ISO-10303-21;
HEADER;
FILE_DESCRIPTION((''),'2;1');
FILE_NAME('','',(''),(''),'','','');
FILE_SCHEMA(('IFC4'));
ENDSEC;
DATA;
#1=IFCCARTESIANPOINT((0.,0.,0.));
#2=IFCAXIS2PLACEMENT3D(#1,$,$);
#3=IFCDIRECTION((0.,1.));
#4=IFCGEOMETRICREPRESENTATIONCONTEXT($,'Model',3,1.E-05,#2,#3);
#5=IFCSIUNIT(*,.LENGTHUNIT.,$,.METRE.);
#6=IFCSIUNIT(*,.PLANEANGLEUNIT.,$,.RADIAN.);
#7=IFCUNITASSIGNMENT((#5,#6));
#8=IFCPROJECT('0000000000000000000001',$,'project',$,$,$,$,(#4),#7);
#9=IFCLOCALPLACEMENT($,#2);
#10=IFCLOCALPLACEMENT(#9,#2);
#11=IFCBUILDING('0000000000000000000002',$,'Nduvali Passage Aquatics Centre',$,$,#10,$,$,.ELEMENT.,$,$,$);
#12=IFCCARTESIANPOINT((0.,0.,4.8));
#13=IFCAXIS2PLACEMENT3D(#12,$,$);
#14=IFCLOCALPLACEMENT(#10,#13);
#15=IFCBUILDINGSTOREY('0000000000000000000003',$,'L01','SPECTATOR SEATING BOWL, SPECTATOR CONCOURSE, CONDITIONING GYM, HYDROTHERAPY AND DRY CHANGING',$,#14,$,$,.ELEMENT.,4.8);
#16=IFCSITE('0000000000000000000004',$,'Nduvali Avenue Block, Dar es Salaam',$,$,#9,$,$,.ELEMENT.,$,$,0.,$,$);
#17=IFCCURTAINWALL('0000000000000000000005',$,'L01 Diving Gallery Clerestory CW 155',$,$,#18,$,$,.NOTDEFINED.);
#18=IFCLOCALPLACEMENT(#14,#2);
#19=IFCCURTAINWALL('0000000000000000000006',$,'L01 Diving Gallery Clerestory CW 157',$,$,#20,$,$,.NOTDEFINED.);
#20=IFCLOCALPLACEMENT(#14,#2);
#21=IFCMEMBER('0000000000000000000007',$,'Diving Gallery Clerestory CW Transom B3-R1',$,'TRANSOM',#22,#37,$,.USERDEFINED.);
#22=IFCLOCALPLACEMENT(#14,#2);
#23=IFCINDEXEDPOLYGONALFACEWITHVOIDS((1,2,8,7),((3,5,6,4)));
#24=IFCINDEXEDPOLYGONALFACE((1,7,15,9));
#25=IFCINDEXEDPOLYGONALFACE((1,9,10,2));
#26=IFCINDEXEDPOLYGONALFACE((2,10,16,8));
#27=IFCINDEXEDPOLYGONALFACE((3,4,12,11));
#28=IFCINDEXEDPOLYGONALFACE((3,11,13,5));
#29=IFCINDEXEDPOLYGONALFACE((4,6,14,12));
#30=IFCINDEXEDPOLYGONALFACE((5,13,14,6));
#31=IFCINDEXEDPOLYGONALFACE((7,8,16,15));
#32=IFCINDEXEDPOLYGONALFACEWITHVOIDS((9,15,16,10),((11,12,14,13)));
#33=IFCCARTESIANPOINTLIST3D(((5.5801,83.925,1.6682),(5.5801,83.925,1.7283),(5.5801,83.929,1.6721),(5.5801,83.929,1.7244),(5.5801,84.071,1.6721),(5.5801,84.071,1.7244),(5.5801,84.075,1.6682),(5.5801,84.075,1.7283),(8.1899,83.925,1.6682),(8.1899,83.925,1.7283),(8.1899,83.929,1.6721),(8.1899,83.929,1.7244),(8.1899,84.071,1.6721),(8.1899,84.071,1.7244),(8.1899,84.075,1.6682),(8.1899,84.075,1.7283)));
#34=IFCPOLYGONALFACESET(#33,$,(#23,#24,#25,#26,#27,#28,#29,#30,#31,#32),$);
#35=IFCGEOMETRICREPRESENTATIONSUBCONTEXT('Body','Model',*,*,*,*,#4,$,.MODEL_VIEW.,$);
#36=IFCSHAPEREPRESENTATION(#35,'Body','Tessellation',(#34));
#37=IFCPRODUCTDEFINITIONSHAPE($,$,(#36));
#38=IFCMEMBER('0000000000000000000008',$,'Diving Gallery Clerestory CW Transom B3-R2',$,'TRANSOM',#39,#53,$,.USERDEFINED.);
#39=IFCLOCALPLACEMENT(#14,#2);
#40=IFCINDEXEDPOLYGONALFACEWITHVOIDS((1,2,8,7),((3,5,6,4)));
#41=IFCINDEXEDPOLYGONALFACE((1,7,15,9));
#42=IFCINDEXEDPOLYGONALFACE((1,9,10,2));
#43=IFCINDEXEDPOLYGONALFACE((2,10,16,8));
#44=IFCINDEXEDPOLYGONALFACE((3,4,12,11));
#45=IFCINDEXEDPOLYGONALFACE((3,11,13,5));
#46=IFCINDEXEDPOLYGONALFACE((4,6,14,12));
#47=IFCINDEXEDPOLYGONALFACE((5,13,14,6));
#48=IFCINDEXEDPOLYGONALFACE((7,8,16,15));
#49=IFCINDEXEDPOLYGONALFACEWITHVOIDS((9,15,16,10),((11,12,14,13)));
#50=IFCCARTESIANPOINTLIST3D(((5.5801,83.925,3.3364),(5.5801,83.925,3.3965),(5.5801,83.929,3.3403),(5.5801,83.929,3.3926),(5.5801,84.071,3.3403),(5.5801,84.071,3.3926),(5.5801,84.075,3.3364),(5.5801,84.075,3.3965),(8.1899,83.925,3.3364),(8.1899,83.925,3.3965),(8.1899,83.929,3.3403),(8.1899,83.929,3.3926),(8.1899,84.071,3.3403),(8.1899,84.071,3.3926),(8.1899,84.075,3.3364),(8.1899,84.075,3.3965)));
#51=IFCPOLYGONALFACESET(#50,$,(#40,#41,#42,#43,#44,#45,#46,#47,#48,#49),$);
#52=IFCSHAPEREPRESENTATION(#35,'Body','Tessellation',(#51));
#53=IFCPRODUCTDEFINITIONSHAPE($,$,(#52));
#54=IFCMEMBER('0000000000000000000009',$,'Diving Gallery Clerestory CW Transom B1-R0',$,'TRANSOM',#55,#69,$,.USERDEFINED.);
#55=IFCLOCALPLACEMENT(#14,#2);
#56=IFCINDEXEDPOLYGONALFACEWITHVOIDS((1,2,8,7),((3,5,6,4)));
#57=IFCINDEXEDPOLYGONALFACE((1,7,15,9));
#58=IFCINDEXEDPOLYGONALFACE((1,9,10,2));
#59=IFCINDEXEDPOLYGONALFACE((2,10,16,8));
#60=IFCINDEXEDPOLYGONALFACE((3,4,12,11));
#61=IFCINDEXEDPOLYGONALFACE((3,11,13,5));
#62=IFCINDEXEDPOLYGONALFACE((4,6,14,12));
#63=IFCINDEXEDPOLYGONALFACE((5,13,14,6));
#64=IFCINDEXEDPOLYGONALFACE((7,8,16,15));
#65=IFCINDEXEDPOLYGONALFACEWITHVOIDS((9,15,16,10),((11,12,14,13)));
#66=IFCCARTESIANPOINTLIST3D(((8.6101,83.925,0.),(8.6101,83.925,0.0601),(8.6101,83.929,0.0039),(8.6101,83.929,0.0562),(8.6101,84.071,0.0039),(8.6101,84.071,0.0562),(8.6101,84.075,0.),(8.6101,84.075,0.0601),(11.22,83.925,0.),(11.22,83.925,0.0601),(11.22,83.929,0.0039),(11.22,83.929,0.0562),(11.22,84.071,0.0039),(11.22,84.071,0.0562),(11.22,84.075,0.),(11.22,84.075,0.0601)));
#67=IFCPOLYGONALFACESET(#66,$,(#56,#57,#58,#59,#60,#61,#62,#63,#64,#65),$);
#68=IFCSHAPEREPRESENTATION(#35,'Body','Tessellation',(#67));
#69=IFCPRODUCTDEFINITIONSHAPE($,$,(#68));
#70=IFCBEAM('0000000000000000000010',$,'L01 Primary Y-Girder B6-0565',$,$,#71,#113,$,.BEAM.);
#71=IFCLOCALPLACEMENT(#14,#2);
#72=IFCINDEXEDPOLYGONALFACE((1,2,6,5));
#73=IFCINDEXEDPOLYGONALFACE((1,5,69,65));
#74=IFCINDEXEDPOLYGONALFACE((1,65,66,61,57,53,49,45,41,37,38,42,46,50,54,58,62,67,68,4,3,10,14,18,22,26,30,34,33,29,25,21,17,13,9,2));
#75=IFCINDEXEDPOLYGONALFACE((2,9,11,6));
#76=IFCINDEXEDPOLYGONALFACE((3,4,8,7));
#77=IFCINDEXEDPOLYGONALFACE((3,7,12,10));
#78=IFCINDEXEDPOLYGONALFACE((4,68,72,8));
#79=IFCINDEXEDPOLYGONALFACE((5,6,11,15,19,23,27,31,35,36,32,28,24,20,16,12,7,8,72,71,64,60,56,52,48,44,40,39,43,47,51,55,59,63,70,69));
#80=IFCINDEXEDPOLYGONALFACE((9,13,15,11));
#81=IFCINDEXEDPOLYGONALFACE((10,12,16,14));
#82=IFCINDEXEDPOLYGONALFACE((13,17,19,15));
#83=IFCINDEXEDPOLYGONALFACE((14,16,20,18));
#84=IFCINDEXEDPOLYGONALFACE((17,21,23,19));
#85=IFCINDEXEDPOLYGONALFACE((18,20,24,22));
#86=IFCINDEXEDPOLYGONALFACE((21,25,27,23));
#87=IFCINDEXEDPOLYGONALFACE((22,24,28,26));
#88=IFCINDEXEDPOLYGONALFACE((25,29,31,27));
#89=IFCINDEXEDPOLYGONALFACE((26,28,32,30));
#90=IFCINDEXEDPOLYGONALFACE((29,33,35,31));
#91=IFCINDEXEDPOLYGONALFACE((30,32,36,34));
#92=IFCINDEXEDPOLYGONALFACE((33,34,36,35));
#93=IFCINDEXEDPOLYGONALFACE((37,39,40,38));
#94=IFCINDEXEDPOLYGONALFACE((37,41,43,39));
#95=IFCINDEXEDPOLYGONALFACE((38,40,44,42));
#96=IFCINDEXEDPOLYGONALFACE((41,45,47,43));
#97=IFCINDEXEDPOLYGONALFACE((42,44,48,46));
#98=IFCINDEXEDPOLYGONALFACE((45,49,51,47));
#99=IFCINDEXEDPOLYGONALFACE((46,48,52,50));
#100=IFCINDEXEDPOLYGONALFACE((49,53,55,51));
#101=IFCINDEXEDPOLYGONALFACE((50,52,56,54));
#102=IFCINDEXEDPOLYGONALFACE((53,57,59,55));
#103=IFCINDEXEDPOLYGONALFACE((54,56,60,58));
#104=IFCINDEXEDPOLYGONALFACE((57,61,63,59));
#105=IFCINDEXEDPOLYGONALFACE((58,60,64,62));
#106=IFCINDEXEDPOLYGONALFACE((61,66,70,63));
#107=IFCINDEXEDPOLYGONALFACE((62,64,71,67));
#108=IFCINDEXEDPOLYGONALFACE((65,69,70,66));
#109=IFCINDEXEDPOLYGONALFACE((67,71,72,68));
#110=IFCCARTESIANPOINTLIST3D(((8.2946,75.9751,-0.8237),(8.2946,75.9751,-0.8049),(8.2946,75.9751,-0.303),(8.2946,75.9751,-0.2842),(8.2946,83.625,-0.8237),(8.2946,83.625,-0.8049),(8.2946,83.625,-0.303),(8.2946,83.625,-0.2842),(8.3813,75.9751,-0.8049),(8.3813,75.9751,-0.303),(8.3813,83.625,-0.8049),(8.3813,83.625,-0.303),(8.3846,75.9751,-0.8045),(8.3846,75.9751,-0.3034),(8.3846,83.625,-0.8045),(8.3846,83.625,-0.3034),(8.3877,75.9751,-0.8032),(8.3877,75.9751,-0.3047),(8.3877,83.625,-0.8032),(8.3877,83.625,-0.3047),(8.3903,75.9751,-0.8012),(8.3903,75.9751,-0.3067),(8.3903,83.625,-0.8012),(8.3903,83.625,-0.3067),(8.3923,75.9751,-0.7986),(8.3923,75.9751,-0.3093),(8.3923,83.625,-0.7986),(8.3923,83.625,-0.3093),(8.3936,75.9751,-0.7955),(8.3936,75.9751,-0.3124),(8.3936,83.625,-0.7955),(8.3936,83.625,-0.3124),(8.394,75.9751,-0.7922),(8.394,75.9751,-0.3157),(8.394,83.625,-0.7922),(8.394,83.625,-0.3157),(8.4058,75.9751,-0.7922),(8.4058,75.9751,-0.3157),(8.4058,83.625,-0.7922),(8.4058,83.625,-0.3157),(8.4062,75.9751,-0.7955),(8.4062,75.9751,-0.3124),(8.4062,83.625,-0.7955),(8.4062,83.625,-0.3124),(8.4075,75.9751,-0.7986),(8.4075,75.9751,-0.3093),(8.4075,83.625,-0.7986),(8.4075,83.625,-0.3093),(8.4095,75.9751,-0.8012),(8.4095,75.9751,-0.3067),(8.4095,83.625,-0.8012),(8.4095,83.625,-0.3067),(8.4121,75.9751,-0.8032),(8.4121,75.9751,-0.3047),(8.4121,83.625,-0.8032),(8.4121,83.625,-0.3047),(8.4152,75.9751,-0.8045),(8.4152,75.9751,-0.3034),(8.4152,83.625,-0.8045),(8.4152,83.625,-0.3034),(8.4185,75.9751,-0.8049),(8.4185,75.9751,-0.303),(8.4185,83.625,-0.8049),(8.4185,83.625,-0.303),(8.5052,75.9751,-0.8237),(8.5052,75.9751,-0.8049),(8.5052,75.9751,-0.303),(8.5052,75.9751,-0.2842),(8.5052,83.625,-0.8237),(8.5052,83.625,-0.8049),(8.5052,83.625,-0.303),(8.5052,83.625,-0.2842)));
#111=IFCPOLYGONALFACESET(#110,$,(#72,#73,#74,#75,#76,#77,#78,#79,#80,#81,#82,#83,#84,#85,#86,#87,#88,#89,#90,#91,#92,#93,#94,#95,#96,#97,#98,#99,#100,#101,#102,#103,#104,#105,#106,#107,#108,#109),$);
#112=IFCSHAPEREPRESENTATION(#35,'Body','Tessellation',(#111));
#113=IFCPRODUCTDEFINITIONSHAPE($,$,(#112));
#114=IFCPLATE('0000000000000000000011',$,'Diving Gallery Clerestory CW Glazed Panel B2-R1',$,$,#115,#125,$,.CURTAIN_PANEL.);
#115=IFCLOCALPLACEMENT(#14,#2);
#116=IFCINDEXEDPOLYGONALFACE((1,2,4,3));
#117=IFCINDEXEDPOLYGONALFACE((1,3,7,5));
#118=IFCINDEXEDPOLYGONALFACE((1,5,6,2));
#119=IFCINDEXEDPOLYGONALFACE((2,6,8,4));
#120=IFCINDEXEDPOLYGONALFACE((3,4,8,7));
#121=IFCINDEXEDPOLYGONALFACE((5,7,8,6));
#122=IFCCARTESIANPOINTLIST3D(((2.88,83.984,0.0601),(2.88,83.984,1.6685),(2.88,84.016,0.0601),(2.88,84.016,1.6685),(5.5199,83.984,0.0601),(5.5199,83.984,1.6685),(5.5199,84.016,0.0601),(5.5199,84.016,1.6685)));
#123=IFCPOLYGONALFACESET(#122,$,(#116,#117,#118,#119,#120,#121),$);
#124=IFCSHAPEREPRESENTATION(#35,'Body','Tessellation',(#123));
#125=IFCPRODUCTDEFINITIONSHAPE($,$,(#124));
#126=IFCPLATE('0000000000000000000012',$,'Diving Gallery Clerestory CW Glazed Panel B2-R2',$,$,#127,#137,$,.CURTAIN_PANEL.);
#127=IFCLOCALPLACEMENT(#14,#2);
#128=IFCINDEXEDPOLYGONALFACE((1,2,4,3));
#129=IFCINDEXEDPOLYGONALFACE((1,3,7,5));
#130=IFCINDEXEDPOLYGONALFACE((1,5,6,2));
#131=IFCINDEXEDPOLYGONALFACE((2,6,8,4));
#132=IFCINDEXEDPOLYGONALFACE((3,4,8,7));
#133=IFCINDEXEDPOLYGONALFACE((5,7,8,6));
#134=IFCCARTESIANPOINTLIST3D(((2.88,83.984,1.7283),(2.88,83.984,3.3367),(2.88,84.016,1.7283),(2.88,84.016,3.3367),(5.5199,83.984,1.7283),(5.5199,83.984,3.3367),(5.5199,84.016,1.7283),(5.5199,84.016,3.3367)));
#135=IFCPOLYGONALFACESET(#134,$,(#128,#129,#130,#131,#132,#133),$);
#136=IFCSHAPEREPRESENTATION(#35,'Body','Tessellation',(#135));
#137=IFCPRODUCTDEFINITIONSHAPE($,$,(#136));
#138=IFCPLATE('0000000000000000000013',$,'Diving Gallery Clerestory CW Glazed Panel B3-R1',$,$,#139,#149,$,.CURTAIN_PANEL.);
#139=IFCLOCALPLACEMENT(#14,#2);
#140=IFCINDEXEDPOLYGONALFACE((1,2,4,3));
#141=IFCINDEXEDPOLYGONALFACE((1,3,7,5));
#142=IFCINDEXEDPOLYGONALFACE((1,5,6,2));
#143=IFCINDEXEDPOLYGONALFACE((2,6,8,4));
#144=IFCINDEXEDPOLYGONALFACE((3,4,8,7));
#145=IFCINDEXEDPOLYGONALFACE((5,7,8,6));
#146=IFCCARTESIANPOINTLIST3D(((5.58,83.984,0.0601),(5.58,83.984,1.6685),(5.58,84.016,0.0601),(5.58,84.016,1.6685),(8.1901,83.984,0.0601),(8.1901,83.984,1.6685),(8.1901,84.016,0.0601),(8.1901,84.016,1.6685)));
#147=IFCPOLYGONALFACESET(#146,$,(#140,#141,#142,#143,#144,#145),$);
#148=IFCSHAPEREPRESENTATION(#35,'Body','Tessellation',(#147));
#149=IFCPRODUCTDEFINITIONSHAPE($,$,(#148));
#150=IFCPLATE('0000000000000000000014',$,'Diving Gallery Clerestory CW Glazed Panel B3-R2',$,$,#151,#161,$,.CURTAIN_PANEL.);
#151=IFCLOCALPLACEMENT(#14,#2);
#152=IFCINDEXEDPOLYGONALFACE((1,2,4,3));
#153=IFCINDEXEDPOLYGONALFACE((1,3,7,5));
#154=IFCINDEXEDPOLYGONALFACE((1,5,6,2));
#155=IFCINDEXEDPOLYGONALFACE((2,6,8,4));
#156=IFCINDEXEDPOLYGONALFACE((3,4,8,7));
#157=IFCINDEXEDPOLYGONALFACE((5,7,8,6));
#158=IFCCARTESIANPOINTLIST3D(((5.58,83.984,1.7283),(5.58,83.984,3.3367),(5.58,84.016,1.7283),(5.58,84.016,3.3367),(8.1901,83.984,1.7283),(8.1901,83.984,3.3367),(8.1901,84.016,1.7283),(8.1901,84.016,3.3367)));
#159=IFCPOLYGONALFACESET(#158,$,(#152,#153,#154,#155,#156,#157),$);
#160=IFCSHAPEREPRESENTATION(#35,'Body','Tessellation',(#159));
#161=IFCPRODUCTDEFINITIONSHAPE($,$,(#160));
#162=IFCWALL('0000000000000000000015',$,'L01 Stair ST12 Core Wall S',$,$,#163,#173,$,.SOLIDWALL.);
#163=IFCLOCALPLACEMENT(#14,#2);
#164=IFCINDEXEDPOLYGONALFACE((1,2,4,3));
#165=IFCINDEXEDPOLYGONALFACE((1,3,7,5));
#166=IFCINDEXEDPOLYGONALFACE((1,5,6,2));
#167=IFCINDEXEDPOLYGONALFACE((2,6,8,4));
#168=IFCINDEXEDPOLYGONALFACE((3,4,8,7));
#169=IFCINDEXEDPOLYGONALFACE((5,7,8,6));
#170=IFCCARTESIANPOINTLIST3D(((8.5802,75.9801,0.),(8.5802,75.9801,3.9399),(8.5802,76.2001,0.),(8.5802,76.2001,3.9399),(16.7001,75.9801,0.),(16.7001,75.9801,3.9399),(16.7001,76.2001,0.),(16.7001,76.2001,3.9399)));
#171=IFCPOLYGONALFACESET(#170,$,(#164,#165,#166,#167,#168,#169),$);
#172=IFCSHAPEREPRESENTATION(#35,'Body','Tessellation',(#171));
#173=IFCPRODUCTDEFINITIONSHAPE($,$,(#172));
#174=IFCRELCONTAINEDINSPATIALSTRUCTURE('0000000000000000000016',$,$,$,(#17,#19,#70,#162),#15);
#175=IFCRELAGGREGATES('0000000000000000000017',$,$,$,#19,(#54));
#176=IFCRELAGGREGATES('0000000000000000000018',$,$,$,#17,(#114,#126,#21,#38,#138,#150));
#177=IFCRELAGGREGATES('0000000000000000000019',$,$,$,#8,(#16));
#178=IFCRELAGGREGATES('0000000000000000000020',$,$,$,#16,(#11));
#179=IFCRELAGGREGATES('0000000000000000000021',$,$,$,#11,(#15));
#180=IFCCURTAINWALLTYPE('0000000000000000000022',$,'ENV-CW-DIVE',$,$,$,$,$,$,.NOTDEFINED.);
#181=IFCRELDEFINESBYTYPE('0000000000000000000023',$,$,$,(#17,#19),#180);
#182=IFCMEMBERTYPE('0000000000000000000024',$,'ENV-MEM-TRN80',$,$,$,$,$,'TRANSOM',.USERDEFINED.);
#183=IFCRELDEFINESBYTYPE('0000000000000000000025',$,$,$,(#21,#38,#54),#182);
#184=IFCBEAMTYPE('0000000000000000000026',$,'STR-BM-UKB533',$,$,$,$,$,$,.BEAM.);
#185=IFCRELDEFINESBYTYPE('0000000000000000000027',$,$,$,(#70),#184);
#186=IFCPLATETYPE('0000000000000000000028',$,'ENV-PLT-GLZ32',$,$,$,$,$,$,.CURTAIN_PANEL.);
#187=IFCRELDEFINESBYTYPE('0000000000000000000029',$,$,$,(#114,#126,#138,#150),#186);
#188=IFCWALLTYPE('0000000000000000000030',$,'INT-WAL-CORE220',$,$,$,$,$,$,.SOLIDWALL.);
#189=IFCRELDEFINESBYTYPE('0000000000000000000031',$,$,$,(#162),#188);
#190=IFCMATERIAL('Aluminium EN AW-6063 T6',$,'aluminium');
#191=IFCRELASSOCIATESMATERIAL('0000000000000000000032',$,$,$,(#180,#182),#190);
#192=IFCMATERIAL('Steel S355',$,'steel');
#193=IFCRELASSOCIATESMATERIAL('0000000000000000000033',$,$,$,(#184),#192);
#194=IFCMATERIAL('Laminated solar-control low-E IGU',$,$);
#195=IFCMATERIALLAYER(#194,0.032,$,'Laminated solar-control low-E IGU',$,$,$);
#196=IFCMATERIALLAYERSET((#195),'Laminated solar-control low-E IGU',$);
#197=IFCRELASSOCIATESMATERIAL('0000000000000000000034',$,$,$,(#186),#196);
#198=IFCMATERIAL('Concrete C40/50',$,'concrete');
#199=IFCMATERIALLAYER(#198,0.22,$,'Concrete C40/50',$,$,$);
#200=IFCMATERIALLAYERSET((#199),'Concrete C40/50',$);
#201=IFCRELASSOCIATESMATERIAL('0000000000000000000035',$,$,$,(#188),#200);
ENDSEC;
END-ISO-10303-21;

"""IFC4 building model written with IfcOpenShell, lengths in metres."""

from ifc_helpers import new_model, si_unit, direction, frame, frame_2d, origin, origin_2d, place, context, subcontext, project, spatial, rectangle, hollow_rectangle, i_section, extrude, material, layer, layer_set, material_profile, profile_set, type_object, element, aggregate, save


model = new_model("IFC4")

# Units and contexts
model_context = context("Model", 3, precision=1e-05, world=origin(), true_north=direction((0.0, 1.0)))
body_context = subcontext(model_context, "Body", "Model", "MODEL_VIEW")
ifc_project = project(units=[si_unit("LENGTHUNIT", "METRE"), si_unit("PLANEANGLEUNIT", "RADIAN")], contexts=[model_context])

# Site, building, storey
site_placement = place(None, origin())
site = spatial("IfcSite", under=ifc_project, at=site_placement, Name="Nduvali Avenue Block, Dar es Salaam", CompositionType="ELEMENT", RefElevation=0.0)
building_placement = place(site_placement, origin())
building = spatial("IfcBuilding", under=site, at=building_placement, Name="Nduvali Passage Aquatics Centre", CompositionType="ELEMENT")
storey_placement = place(building_placement, frame((0.0, 0.0, 4.8)))
storey = spatial("IfcBuildingStorey", under=building, at=storey_placement, Name="L01", Description="SPECTATOR SEATING BOWL, SPECTATOR CONCOURSE, CONDITIONING GYM, HYDROTHERAPY AND DRY CHANGING", CompositionType="ELEMENT", Elevation=4.8)

# Shared definitions
ifc_material_1 = material(Name="Steel S355", Category="steel")

# Curtain wall
ifc_material_2 = material(Name="Aluminium EN AW-6063 T6", Category="aluminium")
curtain_wall_type = type_object("IfcCurtainWallType", Name="ENV-CW-DIVE", PredefinedType="NOTDEFINED", material=ifc_material_2)
curtain_wall_1_placement = place(storey_placement, origin())
curtain_wall_1 = element("IfcCurtainWall", 1, at=curtain_wall_1_placement, inside=storey, type_object=curtain_wall_type, Name="L01 Diving Gallery Clerestory CW 155", PredefinedType="NOTDEFINED")

# Curtain wall
curtain_wall_2_placement = place(storey_placement, origin())
curtain_wall_2 = element("IfcCurtainWall", 2, at=curtain_wall_2_placement, inside=storey, type_object=curtain_wall_type, Name="L01 Diving Gallery Clerestory CW 157", PredefinedType="NOTDEFINED")

# Members
ifc_material_profile_1 = material_profile(ifc_material_2, hollow_rectangle(XDim=0.1499, YDim=0.0601, WallThickness=0.0039, at=origin_2d()), Name="ALU TRANSOM 150x60x4")
ifc_profile_set_1 = profile_set([ifc_material_profile_1], Name="Aluminium EN AW-6063 T6")
member_type_1 = type_object("IfcMemberType", Name="ENV-MEM-TRN80", ElementType="TRANSOM", PredefinedType="USERDEFINED", material=ifc_profile_set_1)
member_1_placement = place(storey_placement, frame((5.5801, 84.0, 1.6982), z_axis=(1.0, 0.0, 0.0), x_axis=(0.0, 1.0, 0.0)))
member_1 = element("IfcMember", 3, at=member_1_placement, type_object=member_type_1, Name="Diving Gallery Clerestory CW Transom B3-R1", ObjectType="TRANSOM", PredefinedType="USERDEFINED", context=body_context, shape_type="SweptSolid", body=[
    extrude(hollow_rectangle(XDim=0.1499, YDim=0.0601, WallThickness=0.0039, at=origin_2d()), origin(), (0.0, 0.0, 1.0), 2.6099),
])
member_2_placement = place(storey_placement, frame((5.5801, 84.0, 3.3665), z_axis=(1.0, 0.0, 0.0), x_axis=(0.0, 1.0, 0.0)))
member_2 = element("IfcMember", 4, at=member_2_placement, type_object=member_type_1, Name="Diving Gallery Clerestory CW Transom B3-R2", ObjectType="TRANSOM", PredefinedType="USERDEFINED", context=body_context, shape_type="SweptSolid", body=[
    extrude(hollow_rectangle(XDim=0.1499, YDim=0.0601, WallThickness=0.0039, at=origin_2d()), origin(), (0.0, 0.0, 1.0), 2.6099),
])
member_3_placement = place(storey_placement, frame((8.6101, 84.0, 0.03), z_axis=(1.0, 0.0, 0.0), x_axis=(0.0, 1.0, 0.0)))
member_3 = element("IfcMember", 5, at=member_3_placement, type_object=member_type_1, Name="Diving Gallery Clerestory CW Transom B1-R0", ObjectType="TRANSOM", PredefinedType="USERDEFINED", context=body_context, shape_type="SweptSolid", body=[
    extrude(hollow_rectangle(XDim=0.1499, YDim=0.0601, WallThickness=0.0039, at=origin_2d()), origin(), (0.0, 0.0, 1.0), 2.6099),
])
aggregate(curtain_wall_2, [member_3])

# Beam
ifc_material_profile_2 = material_profile(ifc_material_1, i_section(OverallWidth=0.2107, OverallDepth=0.5396, WebThickness=0.0117, FlangeThickness=0.0188, FilletRadius=0.0127, at=origin_2d()), Name="UKB 533x210x109")
ifc_profile_set_2 = profile_set([ifc_material_profile_2], Name="Steel S355")
beam_type = type_object("IfcBeamType", Name="STR-BM-UKB533", PredefinedType="BEAM", material=ifc_profile_set_2)
beam_placement = place(storey_placement, frame((8.3999, 75.9751, -0.554), z_axis=(0.0, 1.0, 0.0), x_axis=(-1.0, 0.0, 0.0)))
element("IfcBeam", 6, at=beam_placement, inside=storey, type_object=beam_type, Name="L01 Primary Y-Girder B6-0565", PredefinedType="BEAM", context=body_context, shape_type="SweptSolid", body=[
    extrude(i_section(OverallWidth=0.2107, OverallDepth=0.5396, WebThickness=0.0117, FlangeThickness=0.0188, FilletRadius=0.0127, at=origin_2d()), origin(), (0.0, 0.0, 1.0), 7.6499),
])

# Plates
ifc_material_3 = material(Name="Laminated solar-control low-E IGU")
ifc_layer_1 = layer(ifc_material_3, 0.032, Name="Laminated solar-control low-E IGU")
ifc_layer_set_1 = layer_set([ifc_layer_1], Name="Laminated solar-control low-E IGU")
plate_type = type_object("IfcPlateType", Name="ENV-PLT-GLZ32", PredefinedType="CURTAIN_PANEL", material=ifc_layer_set_1)
plate_1_placement = place(storey_placement, frame((4.2, 84.0, 0.0601), z_axis=(0.0, 0.0, 1.0), x_axis=(1.0, 0.0, 0.0)))
plate_1 = element("IfcPlate", 7, at=plate_1_placement, type_object=plate_type, Name="Diving Gallery Clerestory CW Glazed Panel B2-R1", PredefinedType="CURTAIN_PANEL", context=body_context, shape_type="SweptSolid", body=[
    extrude(rectangle(XDim=2.6399, YDim=0.032, at=origin_2d()), origin(), (0.0, 0.0, 1.0), 1.6084),
])
plate_2_placement = place(storey_placement, frame((4.2, 84.0, 1.7283), z_axis=(0.0, 0.0, 1.0), x_axis=(1.0, 0.0, 0.0)))
plate_2 = element("IfcPlate", 8, at=plate_2_placement, type_object=plate_type, Name="Diving Gallery Clerestory CW Glazed Panel B2-R2", PredefinedType="CURTAIN_PANEL", context=body_context, shape_type="SweptSolid", body=[
    extrude(rectangle(XDim=2.6399, YDim=0.032, at=origin_2d()), origin(), (0.0, 0.0, 1.0), 1.6084),
])
plate_3_placement = place(storey_placement, frame((6.885, 84.0, 0.0601), z_axis=(0.0, 0.0, 1.0), x_axis=(1.0, 0.0, 0.0)))
plate_3 = element("IfcPlate", 9, at=plate_3_placement, type_object=plate_type, Name="Diving Gallery Clerestory CW Glazed Panel B3-R1", PredefinedType="CURTAIN_PANEL", context=body_context, shape_type="SweptSolid", body=[
    extrude(rectangle(XDim=2.6101, YDim=0.032, at=origin_2d()), origin(), (0.0, 0.0, 1.0), 1.6084),
])
plate_4_placement = place(storey_placement, frame((6.885, 84.0, 1.7283), z_axis=(0.0, 0.0, 1.0), x_axis=(1.0, 0.0, 0.0)))
plate_4 = element("IfcPlate", 10, at=plate_4_placement, type_object=plate_type, Name="Diving Gallery Clerestory CW Glazed Panel B3-R2", PredefinedType="CURTAIN_PANEL", context=body_context, shape_type="SweptSolid", body=[
    extrude(rectangle(XDim=2.6101, YDim=0.032, at=origin_2d()), origin(), (0.0, 0.0, 1.0), 1.6084),
])
aggregate(curtain_wall_1, [plate_1, plate_2, member_1, member_2, plate_3, plate_4])

# Wall
ifc_material_4 = material(Name="Concrete C40/50", Category="concrete")
ifc_layer_2 = layer(ifc_material_4, 0.22, Name="Concrete C40/50")
ifc_layer_set_2 = layer_set([ifc_layer_2], Name="Concrete C40/50")
wall_type = type_object("IfcWallType", Name="INT-WAL-CORE220", PredefinedType="SOLIDWALL", material=ifc_layer_set_2)
wall_1_placement = place(storey_placement, frame((8.5801, 76.0901, 0.0), z_axis=(0.0, 0.0, 1.0), x_axis=(1.0, 0.0, 0.0)))
element("IfcWall", 11, at=wall_1_placement, inside=storey, type_object=wall_type, Name="L01 Stair ST12 Core Wall S", PredefinedType="SOLIDWALL", context=body_context, shape_type="SweptSolid", body=[
    extrude(rectangle(XDim=8.1199, YDim=0.22, at=frame_2d((4.0601, 0.0))), origin(), (0.0, 0.0, 1.0), 3.9399),
])

save(model, "model.ifc")
